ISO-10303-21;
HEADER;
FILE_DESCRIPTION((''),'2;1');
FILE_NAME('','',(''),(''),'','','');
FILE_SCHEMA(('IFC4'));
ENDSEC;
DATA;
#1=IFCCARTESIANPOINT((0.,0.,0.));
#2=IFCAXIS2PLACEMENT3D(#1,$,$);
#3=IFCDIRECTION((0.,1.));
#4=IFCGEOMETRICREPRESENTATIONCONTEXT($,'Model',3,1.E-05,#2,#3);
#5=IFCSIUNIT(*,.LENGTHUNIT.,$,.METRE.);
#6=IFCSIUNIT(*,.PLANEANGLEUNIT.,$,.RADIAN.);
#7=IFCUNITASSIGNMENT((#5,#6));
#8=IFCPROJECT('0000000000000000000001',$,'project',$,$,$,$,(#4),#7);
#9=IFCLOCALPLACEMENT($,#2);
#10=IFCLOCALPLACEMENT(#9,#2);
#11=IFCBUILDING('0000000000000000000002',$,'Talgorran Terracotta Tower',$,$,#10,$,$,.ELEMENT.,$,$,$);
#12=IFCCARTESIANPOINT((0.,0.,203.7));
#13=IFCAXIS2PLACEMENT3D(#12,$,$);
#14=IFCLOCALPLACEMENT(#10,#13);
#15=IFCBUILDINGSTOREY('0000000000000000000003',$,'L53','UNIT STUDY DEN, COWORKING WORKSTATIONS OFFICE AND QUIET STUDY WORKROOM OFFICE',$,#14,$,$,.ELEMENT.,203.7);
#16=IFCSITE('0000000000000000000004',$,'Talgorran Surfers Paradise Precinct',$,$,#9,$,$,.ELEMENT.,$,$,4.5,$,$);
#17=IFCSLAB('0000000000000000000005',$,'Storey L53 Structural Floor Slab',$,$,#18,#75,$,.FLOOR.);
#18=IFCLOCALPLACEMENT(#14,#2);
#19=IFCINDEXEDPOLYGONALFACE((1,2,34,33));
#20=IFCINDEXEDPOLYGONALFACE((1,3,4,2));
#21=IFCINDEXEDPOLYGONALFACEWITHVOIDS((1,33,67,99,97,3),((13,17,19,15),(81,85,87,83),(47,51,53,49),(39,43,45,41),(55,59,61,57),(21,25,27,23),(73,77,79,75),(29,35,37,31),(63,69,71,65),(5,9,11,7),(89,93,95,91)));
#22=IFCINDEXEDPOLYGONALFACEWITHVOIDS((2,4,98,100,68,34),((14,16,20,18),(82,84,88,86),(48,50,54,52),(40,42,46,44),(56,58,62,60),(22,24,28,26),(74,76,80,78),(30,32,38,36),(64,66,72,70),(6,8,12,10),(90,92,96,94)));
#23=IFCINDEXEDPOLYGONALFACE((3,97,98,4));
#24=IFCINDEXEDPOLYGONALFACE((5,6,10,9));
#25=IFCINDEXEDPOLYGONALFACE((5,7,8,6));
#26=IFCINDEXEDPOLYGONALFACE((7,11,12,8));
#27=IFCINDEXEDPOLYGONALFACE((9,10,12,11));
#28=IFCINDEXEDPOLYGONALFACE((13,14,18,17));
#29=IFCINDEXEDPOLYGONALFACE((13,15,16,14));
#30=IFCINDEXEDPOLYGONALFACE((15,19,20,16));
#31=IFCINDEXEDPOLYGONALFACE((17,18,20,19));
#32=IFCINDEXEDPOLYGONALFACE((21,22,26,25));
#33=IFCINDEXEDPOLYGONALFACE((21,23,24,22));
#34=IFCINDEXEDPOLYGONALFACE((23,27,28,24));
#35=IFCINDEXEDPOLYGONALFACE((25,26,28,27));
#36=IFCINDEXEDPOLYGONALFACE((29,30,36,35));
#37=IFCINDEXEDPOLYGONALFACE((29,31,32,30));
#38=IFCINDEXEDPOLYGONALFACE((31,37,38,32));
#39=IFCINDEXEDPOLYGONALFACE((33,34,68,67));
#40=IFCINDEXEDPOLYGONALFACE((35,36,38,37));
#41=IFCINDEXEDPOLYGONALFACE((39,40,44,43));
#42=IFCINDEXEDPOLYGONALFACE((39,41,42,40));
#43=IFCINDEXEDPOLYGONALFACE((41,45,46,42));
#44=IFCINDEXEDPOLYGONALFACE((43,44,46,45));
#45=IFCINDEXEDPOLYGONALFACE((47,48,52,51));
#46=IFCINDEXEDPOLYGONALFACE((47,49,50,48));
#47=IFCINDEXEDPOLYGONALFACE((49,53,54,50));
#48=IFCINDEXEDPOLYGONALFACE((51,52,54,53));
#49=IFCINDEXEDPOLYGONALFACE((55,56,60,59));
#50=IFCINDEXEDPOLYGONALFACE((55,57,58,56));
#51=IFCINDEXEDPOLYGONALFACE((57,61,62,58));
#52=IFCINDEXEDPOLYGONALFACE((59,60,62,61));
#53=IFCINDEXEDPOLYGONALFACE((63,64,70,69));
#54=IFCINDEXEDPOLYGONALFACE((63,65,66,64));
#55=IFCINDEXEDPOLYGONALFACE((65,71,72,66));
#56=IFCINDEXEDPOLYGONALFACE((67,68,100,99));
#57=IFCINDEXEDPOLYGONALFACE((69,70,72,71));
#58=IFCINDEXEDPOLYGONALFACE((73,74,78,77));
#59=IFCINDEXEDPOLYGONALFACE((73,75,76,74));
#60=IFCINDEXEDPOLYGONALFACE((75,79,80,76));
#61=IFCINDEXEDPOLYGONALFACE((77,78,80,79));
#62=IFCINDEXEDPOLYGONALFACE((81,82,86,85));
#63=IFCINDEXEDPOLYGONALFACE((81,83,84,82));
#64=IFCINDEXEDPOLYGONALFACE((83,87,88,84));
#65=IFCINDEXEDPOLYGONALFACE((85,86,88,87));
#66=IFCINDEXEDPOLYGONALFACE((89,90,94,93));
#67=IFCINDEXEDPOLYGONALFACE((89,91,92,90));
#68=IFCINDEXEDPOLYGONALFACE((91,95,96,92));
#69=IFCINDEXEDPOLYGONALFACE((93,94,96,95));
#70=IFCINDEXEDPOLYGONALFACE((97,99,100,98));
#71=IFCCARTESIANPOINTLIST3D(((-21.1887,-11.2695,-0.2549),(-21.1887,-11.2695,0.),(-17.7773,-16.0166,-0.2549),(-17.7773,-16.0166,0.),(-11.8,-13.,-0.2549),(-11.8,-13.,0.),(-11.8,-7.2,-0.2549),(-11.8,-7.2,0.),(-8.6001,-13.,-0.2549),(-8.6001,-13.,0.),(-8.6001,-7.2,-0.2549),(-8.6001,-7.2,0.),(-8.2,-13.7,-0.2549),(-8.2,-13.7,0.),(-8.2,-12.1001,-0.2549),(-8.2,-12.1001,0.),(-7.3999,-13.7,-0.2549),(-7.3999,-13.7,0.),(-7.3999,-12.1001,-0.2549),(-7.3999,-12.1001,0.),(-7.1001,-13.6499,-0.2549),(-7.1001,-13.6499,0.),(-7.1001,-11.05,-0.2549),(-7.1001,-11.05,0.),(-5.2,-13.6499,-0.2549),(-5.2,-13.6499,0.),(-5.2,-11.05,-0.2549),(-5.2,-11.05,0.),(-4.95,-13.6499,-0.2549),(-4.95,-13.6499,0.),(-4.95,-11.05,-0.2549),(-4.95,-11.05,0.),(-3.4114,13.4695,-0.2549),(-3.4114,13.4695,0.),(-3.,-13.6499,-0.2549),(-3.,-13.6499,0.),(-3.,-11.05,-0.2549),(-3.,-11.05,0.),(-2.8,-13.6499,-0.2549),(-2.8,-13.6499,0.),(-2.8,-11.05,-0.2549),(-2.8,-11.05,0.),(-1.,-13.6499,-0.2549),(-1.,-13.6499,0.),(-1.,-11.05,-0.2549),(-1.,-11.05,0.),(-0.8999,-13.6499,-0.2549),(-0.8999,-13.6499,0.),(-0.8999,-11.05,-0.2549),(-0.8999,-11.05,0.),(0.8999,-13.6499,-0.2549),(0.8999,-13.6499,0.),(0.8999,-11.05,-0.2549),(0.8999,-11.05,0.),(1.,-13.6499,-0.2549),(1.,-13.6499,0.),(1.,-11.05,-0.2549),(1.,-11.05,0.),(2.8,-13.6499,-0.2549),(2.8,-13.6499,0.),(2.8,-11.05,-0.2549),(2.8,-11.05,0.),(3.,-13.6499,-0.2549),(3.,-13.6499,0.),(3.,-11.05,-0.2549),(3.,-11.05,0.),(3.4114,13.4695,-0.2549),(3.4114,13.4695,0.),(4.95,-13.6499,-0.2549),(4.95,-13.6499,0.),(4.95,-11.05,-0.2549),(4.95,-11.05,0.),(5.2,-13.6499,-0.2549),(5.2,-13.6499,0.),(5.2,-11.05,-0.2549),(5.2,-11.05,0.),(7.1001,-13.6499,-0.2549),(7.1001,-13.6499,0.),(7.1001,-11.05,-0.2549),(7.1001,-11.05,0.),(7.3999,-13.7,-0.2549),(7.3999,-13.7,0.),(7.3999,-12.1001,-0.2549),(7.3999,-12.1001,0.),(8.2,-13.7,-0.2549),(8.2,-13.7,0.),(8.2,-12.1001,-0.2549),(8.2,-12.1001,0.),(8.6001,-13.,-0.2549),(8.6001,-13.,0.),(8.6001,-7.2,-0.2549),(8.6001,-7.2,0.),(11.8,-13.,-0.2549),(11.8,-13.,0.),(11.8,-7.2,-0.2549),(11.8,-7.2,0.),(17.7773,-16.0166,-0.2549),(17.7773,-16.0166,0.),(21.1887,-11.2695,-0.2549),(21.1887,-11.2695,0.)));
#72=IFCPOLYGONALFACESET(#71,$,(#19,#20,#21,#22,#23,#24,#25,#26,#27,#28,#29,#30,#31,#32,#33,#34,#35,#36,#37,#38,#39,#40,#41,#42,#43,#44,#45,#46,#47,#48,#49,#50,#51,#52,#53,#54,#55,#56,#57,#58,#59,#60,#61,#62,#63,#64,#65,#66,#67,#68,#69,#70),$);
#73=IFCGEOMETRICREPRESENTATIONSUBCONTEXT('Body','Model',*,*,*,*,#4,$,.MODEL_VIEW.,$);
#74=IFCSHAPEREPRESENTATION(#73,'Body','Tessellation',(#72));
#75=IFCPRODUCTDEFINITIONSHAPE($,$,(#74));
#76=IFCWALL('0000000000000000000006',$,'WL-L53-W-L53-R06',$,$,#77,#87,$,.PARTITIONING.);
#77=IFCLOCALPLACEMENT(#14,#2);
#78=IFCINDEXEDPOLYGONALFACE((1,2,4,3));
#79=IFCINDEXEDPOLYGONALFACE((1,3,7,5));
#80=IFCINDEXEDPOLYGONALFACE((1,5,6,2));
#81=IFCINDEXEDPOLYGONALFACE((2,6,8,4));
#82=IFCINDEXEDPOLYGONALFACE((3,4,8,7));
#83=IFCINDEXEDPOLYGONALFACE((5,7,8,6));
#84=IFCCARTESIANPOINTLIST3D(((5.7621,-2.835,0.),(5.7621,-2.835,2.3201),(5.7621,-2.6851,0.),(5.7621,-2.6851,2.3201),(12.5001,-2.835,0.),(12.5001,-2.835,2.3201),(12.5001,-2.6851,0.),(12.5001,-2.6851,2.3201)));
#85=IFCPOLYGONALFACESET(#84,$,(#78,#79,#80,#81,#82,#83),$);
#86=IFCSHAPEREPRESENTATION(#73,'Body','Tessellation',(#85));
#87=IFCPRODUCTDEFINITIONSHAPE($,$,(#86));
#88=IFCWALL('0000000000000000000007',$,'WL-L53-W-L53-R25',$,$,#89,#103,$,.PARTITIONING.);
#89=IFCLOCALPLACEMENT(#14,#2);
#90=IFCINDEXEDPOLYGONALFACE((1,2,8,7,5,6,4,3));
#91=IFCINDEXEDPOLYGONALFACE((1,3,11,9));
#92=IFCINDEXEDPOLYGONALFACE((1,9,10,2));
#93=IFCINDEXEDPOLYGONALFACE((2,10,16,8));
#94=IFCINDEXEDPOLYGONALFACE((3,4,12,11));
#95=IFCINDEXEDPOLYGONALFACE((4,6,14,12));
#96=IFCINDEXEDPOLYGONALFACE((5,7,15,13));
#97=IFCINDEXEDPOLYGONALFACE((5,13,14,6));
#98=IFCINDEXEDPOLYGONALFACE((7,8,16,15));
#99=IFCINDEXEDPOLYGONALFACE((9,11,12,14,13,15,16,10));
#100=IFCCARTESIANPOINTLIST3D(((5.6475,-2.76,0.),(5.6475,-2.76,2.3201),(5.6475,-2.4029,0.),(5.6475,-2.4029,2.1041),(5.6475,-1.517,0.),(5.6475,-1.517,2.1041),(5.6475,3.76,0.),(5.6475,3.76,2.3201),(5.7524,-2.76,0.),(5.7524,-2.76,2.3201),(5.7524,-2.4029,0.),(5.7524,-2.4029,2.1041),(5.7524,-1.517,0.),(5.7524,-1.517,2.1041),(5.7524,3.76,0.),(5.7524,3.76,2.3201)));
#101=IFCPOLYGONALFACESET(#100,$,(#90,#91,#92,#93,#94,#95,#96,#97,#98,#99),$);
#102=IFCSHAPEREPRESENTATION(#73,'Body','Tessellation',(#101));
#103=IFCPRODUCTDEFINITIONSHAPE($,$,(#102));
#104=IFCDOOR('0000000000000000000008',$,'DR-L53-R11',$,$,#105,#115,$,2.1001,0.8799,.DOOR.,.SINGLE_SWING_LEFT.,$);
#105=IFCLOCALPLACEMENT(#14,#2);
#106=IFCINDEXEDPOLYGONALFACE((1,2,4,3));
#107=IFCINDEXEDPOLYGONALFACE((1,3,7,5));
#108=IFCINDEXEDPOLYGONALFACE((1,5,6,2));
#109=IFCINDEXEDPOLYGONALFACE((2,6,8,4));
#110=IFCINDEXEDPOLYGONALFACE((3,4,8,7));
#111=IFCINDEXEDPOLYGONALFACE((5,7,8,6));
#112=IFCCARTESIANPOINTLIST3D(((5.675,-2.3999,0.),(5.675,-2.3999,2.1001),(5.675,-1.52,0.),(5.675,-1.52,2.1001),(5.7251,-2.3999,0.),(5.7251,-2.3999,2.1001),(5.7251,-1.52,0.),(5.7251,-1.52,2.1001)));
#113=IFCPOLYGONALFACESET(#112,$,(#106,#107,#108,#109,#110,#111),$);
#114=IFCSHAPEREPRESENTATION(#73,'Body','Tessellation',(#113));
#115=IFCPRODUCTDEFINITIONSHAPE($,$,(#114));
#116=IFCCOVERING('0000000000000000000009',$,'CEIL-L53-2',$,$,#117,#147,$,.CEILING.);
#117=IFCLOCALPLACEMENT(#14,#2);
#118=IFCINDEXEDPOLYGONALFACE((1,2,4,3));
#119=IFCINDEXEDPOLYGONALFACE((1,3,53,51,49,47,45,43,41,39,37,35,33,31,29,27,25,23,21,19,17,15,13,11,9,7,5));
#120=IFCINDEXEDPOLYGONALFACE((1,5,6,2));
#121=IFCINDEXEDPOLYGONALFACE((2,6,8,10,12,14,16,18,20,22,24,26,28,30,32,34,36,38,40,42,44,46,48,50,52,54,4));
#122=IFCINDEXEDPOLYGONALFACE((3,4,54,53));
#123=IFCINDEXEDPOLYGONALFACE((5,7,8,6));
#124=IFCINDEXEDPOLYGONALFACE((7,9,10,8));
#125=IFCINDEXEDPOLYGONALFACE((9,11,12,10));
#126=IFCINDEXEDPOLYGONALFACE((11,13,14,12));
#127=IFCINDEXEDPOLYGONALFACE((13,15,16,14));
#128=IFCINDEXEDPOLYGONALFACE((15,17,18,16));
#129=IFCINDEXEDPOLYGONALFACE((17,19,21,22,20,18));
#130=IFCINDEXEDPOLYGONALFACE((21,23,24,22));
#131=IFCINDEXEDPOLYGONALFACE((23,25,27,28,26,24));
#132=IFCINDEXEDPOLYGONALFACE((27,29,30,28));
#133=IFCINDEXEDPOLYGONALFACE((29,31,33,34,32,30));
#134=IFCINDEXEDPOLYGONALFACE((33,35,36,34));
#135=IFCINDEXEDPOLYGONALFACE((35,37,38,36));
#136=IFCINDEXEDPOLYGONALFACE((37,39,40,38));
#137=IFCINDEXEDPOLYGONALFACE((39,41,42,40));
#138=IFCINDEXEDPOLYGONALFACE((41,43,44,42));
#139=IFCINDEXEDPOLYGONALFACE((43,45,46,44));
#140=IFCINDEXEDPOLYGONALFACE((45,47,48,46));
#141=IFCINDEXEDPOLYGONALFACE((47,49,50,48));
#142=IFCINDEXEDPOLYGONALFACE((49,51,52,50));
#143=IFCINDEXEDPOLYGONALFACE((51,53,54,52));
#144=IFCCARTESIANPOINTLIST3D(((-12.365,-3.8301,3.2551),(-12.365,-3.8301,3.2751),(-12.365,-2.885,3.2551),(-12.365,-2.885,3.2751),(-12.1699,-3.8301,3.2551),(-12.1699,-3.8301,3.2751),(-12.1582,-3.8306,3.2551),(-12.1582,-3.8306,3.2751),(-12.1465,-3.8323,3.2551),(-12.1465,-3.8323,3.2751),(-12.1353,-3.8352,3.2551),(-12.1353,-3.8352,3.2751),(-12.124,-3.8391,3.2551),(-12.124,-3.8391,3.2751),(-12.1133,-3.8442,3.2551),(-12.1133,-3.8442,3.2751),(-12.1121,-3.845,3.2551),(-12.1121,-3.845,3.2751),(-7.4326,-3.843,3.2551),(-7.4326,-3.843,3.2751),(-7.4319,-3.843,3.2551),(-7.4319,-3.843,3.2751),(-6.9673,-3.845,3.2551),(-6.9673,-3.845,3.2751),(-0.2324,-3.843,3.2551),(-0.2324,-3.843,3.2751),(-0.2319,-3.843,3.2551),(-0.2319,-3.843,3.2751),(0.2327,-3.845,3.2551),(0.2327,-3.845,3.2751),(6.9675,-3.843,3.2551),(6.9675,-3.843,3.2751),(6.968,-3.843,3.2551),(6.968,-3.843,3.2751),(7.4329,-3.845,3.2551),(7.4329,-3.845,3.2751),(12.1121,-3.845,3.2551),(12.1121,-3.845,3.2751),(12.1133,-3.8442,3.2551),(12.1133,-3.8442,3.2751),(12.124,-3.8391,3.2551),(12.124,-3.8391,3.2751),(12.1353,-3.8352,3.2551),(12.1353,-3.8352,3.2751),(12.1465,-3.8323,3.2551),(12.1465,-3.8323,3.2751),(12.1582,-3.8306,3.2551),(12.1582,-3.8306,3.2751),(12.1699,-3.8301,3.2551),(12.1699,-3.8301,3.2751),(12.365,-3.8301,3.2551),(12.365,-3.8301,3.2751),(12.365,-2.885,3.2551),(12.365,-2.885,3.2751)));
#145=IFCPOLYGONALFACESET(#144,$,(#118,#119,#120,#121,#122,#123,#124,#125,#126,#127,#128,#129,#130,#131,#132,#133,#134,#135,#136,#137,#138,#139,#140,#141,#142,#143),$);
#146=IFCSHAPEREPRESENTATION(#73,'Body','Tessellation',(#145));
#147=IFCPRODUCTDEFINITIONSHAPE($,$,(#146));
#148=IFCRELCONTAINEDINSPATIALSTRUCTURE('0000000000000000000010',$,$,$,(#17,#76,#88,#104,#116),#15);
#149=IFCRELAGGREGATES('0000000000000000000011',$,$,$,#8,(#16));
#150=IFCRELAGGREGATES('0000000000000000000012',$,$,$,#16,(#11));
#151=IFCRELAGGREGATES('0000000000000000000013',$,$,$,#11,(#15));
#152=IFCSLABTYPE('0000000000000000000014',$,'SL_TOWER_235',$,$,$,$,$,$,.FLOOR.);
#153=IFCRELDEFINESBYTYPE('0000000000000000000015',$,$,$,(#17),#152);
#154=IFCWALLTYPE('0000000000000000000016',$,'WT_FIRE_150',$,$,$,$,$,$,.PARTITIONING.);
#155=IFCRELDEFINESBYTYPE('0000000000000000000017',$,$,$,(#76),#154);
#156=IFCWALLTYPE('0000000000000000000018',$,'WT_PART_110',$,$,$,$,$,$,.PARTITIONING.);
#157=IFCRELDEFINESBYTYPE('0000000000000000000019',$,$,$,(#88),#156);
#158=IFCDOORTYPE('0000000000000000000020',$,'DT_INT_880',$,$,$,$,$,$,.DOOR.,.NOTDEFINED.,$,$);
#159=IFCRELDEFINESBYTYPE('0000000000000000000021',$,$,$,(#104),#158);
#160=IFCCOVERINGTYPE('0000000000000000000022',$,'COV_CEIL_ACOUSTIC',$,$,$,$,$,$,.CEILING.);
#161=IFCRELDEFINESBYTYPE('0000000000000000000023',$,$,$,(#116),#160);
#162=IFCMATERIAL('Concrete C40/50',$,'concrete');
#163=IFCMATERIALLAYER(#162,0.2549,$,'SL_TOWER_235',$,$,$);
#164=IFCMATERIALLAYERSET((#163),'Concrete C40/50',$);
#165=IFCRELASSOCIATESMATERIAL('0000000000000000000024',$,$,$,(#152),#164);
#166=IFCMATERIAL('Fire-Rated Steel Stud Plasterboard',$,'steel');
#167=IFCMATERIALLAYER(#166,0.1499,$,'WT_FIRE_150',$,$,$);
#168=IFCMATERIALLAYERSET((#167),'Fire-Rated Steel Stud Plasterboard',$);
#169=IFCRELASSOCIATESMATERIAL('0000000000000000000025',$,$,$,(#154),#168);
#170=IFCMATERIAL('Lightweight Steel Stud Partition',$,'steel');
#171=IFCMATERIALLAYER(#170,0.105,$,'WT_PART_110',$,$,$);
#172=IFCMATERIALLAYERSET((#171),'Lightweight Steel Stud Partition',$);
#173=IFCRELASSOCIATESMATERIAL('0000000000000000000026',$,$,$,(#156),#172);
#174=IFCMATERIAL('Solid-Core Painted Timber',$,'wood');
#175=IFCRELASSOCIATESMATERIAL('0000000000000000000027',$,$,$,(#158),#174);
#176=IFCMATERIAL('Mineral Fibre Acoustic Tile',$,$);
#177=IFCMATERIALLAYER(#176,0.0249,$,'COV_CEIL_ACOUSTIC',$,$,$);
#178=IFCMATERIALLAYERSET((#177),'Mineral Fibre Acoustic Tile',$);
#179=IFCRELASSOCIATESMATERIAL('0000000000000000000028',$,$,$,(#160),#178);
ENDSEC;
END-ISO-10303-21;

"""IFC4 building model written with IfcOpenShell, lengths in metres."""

from ifc_helpers import new_model, si_unit, direction, frame, frame_2d, origin, place, context, subcontext, project, spatial, polyline, rectangle, outline, extrude, material, layer, layer_set, type_object, element, fill, save


model = new_model("IFC4")

# Units and contexts
model_context = context("Model", 3, precision=1e-05, world=origin(), true_north=direction((0.0, 1.0)))
body_context = subcontext(model_context, "Body", "Model", "MODEL_VIEW")
ifc_project = project(units=[si_unit("LENGTHUNIT", "METRE"), si_unit("PLANEANGLEUNIT", "RADIAN")], contexts=[model_context])

# Site, building, storey
site_placement = place(None, origin())
site = spatial("IfcSite", under=ifc_project, at=site_placement, Name="Talgorran Surfers Paradise Precinct", CompositionType="ELEMENT", RefElevation=4.5)
building_placement = place(site_placement, origin())
building = spatial("IfcBuilding", under=site, at=building_placement, Name="Talgorran Terracotta Tower", CompositionType="ELEMENT")
storey_placement = place(building_placement, frame((0.0, 0.0, 203.7)))
storey = spatial("IfcBuildingStorey", under=building, at=storey_placement, Name="L53", Description="UNIT STUDY DEN, COWORKING WORKSTATIONS OFFICE AND QUIET STUDY WORKROOM OFFICE", CompositionType="ELEMENT", Elevation=203.7)

# Shared definitions
ifc_material_1 = material(Name="Concrete C40/50", Category="concrete")

# Slab
ifc_layer_1 = layer(ifc_material_1, 0.2549, Name="SL_TOWER_235")
ifc_layer_set_1 = layer_set([ifc_layer_1], Name="Concrete C40/50")
slab_type_1 = type_object("IfcSlabType", Name="SL_TOWER_235", PredefinedType="FLOOR", material=ifc_layer_set_1)
slab_1_placement = place(storey_placement, frame((0.0, 0.0, -0.2549)))
element("IfcSlab", 1, at=slab_1_placement, inside=storey, type_object=slab_type_1, Name="Storey L53 Structural Floor Slab", PredefinedType="FLOOR", context=body_context, shape_type="SweptSolid", body=[
    extrude(outline(polyline([(-21.1887, -11.2695), (-17.7773, -16.0166), (17.7773, -16.0166), (21.1887, -11.2695), (3.4114, 13.4695), (-3.4114, 13.4695), (-21.1887, -11.2695)]), holes=[polyline([(-11.8, -7.2), (-11.8, -13.0), (-8.6001, -13.0), (-8.6001, -7.2), (-11.8, -7.2)]), polyline([(8.6001, -7.2), (8.6001, -13.0), (11.8, -13.0), (11.8, -7.2), (8.6001, -7.2)]), polyline([(-7.1001, -13.6499), (-5.2, -13.6499), (-5.2, -11.05), (-7.1001, -11.05), (-7.1001, -13.6499)]), polyline([(5.2, -13.6499), (7.1001, -13.6499), (7.1001, -11.05), (5.2, -11.05), (5.2, -13.6499)]), polyline([(3.0, -13.6499), (4.95, -13.6499), (4.95, -11.05), (3.0, -11.05), (3.0, -13.6499)]), polyline([(-4.95, -13.6499), (-3.0, -13.6499), (-3.0, -11.05), (-4.95, -11.05), (-4.95, -13.6499)]), polyline([(-2.8, -13.6499), (-1.0, -13.6499), (-1.0, -11.05), (-2.8, -11.05), (-2.8, -13.6499)]), polyline([(-0.8999, -13.6499), (0.8999, -13.6499), (0.8999, -11.05), (-0.8999, -11.05), (-0.8999, -13.6499)]), polyline([(1.0, -13.6499), (2.8, -13.6499), (2.8, -11.05), (1.0, -11.05), (1.0, -13.6499)]), polyline([(-8.2, -13.7), (-7.3999, -13.7), (-7.3999, -12.1001), (-8.2, -12.1001), (-8.2, -13.7)]), polyline([(7.3999, -13.7), (8.2, -13.7), (8.2, -12.1001), (7.3999, -12.1001), (7.3999, -13.7)])]), origin(), (0.0, 0.0, 1.0), 0.2549),
])

# Wall
ifc_material_2 = material(Name="Fire-Rated Steel Stud Plasterboard", Category="steel")
ifc_layer_2 = layer(ifc_material_2, 0.1499, Name="WT_FIRE_150")
ifc_layer_set_2 = layer_set([ifc_layer_2], Name="Fire-Rated Steel Stud Plasterboard")
wall_type_1 = type_object("IfcWallType", Name="WT_FIRE_150", PredefinedType="PARTITIONING", material=ifc_layer_set_2)
wall_1_placement = place(storey_placement, frame((5.762, -2.76, 0.0), z_axis=(0.0, 0.0, 1.0), x_axis=(1.0, 0.0, 0.0)))
element("IfcWall", 2, at=wall_1_placement, inside=storey, type_object=wall_type_1, Name="WL-L53-W-L53-R06", PredefinedType="PARTITIONING", context=body_context, shape_type="SweptSolid", body=[
    extrude(rectangle(XDim=6.738, YDim=0.1499, at=frame_2d((3.3691, 0.0))), origin(), (0.0, 0.0, 1.0), 2.3201),
])

# Wall, opening, door
ifc_material_3 = material(Name="Lightweight Steel Stud Partition", Category="steel")
ifc_layer_3 = layer(ifc_material_3, 0.105, Name="WT_PART_110")
ifc_layer_set_3 = layer_set([ifc_layer_3], Name="Lightweight Steel Stud Partition")
wall_type_2 = type_object("IfcWallType", Name="WT_PART_110", PredefinedType="PARTITIONING", material=ifc_layer_set_3)
wall_2_placement = place(storey_placement, frame((5.7, -2.76, 0.0), z_axis=(0.0, 0.0, 1.0), x_axis=(0.0, 1.0, 0.0)))
wall_2 = element("IfcWall", 3, at=wall_2_placement, inside=storey, type_object=wall_type_2, Name="WL-L53-W-L53-R25", PredefinedType="PARTITIONING", context=body_context, shape_type="SweptSolid", body=[
    extrude(rectangle(XDim=6.52, YDim=0.105, at=frame_2d((3.26, 0.0))), origin(), (0.0, 0.0, 1.0), 2.3201),
])
opening_placement = place(wall_2_placement, frame((0.3601, 0.0, 0.0)))
opening = element("IfcOpeningElement", 4, at=opening_placement, cuts=wall_2, PredefinedType="OPENING", context=body_context, shape_type="SweptSolid", body=[
    extrude(rectangle(XDim=0.8859, YDim=2.1041, at=frame_2d((0.4399, 1.052))), frame((0.0, 0.0625, 0.0), z_axis=(0.0, -1.0, 0.0), x_axis=(1.0, 0.0, 0.0)), (0.0, 0.0, 1.0), 0.125),
])
ifc_material_4 = material(Name="Solid-Core Painted Timber", Category="wood")
door_type = type_object("IfcDoorType", Name="DT_INT_880", OperationType="NOTDEFINED", PredefinedType="DOOR", material=ifc_material_4)
door_placement = place(opening_placement, origin())
door = element("IfcDoor", 5, at=door_placement, inside=storey, type_object=door_type, Name="DR-L53-R11", OperationType="SINGLE_SWING_LEFT", OverallHeight=2.1001, OverallWidth=0.8799, PredefinedType="DOOR", context=body_context, shape_type="SweptSolid", body=[
    extrude(rectangle(XDim=0.8799, YDim=2.1001, at=frame_2d((0.4399, 1.05))), frame((0.0, 0.0249, 0.0), z_axis=(0.0, -1.0, 0.0), x_axis=(1.0, 0.0, 0.0)), (0.0, 0.0, 1.0), 0.05),
])
fill(opening, door)

# Covering
ifc_material_5 = material(Name="Mineral Fibre Acoustic Tile")
ifc_layer_4 = layer(ifc_material_5, 0.0249, Name="COV_CEIL_ACOUSTIC")
ifc_layer_set_4 = layer_set([ifc_layer_4], Name="Mineral Fibre Acoustic Tile")
covering_type_1 = type_object("IfcCoveringType", Name="COV_CEIL_ACOUSTIC", PredefinedType="CEILING", material=ifc_layer_set_4)
covering_1_placement = place(storey_placement, frame((0.0, 0.0, 3.2551)))
element("IfcCovering", 6, at=covering_1_placement, inside=storey, type_object=covering_type_1, Name="CEIL-L53-2", PredefinedType="CEILING", context=body_context, shape_type="SweptSolid", body=[
    extrude(outline(polyline([(-12.365, -2.885), (12.365, -2.885), (12.365, -3.8301), (12.1699, -3.8301), (12.1582, -3.8306), (12.1465, -3.8323), (12.1353, -3.8352), (12.124, -3.8391), (12.1133, -3.8442), (12.1121, -3.845), (7.4329, -3.845), (6.968, -3.843), (6.9675, -3.843), (0.2327, -3.845), (-0.2319, -3.843), (-0.2324, -3.843), (-6.9673, -3.845), (-7.4319, -3.843), (-7.4326, -3.843), (-12.1121, -3.845), (-12.1133, -3.8442), (-12.124, -3.8391), (-12.1353, -3.8352), (-12.1465, -3.8323), (-12.1582, -3.8306), (-12.1699, -3.8301), (-12.365, -3.8301), (-12.365, -2.885)])), origin(), (0.0, 0.0, 1.0), 0.02),
])

save(model, "model.ifc")
